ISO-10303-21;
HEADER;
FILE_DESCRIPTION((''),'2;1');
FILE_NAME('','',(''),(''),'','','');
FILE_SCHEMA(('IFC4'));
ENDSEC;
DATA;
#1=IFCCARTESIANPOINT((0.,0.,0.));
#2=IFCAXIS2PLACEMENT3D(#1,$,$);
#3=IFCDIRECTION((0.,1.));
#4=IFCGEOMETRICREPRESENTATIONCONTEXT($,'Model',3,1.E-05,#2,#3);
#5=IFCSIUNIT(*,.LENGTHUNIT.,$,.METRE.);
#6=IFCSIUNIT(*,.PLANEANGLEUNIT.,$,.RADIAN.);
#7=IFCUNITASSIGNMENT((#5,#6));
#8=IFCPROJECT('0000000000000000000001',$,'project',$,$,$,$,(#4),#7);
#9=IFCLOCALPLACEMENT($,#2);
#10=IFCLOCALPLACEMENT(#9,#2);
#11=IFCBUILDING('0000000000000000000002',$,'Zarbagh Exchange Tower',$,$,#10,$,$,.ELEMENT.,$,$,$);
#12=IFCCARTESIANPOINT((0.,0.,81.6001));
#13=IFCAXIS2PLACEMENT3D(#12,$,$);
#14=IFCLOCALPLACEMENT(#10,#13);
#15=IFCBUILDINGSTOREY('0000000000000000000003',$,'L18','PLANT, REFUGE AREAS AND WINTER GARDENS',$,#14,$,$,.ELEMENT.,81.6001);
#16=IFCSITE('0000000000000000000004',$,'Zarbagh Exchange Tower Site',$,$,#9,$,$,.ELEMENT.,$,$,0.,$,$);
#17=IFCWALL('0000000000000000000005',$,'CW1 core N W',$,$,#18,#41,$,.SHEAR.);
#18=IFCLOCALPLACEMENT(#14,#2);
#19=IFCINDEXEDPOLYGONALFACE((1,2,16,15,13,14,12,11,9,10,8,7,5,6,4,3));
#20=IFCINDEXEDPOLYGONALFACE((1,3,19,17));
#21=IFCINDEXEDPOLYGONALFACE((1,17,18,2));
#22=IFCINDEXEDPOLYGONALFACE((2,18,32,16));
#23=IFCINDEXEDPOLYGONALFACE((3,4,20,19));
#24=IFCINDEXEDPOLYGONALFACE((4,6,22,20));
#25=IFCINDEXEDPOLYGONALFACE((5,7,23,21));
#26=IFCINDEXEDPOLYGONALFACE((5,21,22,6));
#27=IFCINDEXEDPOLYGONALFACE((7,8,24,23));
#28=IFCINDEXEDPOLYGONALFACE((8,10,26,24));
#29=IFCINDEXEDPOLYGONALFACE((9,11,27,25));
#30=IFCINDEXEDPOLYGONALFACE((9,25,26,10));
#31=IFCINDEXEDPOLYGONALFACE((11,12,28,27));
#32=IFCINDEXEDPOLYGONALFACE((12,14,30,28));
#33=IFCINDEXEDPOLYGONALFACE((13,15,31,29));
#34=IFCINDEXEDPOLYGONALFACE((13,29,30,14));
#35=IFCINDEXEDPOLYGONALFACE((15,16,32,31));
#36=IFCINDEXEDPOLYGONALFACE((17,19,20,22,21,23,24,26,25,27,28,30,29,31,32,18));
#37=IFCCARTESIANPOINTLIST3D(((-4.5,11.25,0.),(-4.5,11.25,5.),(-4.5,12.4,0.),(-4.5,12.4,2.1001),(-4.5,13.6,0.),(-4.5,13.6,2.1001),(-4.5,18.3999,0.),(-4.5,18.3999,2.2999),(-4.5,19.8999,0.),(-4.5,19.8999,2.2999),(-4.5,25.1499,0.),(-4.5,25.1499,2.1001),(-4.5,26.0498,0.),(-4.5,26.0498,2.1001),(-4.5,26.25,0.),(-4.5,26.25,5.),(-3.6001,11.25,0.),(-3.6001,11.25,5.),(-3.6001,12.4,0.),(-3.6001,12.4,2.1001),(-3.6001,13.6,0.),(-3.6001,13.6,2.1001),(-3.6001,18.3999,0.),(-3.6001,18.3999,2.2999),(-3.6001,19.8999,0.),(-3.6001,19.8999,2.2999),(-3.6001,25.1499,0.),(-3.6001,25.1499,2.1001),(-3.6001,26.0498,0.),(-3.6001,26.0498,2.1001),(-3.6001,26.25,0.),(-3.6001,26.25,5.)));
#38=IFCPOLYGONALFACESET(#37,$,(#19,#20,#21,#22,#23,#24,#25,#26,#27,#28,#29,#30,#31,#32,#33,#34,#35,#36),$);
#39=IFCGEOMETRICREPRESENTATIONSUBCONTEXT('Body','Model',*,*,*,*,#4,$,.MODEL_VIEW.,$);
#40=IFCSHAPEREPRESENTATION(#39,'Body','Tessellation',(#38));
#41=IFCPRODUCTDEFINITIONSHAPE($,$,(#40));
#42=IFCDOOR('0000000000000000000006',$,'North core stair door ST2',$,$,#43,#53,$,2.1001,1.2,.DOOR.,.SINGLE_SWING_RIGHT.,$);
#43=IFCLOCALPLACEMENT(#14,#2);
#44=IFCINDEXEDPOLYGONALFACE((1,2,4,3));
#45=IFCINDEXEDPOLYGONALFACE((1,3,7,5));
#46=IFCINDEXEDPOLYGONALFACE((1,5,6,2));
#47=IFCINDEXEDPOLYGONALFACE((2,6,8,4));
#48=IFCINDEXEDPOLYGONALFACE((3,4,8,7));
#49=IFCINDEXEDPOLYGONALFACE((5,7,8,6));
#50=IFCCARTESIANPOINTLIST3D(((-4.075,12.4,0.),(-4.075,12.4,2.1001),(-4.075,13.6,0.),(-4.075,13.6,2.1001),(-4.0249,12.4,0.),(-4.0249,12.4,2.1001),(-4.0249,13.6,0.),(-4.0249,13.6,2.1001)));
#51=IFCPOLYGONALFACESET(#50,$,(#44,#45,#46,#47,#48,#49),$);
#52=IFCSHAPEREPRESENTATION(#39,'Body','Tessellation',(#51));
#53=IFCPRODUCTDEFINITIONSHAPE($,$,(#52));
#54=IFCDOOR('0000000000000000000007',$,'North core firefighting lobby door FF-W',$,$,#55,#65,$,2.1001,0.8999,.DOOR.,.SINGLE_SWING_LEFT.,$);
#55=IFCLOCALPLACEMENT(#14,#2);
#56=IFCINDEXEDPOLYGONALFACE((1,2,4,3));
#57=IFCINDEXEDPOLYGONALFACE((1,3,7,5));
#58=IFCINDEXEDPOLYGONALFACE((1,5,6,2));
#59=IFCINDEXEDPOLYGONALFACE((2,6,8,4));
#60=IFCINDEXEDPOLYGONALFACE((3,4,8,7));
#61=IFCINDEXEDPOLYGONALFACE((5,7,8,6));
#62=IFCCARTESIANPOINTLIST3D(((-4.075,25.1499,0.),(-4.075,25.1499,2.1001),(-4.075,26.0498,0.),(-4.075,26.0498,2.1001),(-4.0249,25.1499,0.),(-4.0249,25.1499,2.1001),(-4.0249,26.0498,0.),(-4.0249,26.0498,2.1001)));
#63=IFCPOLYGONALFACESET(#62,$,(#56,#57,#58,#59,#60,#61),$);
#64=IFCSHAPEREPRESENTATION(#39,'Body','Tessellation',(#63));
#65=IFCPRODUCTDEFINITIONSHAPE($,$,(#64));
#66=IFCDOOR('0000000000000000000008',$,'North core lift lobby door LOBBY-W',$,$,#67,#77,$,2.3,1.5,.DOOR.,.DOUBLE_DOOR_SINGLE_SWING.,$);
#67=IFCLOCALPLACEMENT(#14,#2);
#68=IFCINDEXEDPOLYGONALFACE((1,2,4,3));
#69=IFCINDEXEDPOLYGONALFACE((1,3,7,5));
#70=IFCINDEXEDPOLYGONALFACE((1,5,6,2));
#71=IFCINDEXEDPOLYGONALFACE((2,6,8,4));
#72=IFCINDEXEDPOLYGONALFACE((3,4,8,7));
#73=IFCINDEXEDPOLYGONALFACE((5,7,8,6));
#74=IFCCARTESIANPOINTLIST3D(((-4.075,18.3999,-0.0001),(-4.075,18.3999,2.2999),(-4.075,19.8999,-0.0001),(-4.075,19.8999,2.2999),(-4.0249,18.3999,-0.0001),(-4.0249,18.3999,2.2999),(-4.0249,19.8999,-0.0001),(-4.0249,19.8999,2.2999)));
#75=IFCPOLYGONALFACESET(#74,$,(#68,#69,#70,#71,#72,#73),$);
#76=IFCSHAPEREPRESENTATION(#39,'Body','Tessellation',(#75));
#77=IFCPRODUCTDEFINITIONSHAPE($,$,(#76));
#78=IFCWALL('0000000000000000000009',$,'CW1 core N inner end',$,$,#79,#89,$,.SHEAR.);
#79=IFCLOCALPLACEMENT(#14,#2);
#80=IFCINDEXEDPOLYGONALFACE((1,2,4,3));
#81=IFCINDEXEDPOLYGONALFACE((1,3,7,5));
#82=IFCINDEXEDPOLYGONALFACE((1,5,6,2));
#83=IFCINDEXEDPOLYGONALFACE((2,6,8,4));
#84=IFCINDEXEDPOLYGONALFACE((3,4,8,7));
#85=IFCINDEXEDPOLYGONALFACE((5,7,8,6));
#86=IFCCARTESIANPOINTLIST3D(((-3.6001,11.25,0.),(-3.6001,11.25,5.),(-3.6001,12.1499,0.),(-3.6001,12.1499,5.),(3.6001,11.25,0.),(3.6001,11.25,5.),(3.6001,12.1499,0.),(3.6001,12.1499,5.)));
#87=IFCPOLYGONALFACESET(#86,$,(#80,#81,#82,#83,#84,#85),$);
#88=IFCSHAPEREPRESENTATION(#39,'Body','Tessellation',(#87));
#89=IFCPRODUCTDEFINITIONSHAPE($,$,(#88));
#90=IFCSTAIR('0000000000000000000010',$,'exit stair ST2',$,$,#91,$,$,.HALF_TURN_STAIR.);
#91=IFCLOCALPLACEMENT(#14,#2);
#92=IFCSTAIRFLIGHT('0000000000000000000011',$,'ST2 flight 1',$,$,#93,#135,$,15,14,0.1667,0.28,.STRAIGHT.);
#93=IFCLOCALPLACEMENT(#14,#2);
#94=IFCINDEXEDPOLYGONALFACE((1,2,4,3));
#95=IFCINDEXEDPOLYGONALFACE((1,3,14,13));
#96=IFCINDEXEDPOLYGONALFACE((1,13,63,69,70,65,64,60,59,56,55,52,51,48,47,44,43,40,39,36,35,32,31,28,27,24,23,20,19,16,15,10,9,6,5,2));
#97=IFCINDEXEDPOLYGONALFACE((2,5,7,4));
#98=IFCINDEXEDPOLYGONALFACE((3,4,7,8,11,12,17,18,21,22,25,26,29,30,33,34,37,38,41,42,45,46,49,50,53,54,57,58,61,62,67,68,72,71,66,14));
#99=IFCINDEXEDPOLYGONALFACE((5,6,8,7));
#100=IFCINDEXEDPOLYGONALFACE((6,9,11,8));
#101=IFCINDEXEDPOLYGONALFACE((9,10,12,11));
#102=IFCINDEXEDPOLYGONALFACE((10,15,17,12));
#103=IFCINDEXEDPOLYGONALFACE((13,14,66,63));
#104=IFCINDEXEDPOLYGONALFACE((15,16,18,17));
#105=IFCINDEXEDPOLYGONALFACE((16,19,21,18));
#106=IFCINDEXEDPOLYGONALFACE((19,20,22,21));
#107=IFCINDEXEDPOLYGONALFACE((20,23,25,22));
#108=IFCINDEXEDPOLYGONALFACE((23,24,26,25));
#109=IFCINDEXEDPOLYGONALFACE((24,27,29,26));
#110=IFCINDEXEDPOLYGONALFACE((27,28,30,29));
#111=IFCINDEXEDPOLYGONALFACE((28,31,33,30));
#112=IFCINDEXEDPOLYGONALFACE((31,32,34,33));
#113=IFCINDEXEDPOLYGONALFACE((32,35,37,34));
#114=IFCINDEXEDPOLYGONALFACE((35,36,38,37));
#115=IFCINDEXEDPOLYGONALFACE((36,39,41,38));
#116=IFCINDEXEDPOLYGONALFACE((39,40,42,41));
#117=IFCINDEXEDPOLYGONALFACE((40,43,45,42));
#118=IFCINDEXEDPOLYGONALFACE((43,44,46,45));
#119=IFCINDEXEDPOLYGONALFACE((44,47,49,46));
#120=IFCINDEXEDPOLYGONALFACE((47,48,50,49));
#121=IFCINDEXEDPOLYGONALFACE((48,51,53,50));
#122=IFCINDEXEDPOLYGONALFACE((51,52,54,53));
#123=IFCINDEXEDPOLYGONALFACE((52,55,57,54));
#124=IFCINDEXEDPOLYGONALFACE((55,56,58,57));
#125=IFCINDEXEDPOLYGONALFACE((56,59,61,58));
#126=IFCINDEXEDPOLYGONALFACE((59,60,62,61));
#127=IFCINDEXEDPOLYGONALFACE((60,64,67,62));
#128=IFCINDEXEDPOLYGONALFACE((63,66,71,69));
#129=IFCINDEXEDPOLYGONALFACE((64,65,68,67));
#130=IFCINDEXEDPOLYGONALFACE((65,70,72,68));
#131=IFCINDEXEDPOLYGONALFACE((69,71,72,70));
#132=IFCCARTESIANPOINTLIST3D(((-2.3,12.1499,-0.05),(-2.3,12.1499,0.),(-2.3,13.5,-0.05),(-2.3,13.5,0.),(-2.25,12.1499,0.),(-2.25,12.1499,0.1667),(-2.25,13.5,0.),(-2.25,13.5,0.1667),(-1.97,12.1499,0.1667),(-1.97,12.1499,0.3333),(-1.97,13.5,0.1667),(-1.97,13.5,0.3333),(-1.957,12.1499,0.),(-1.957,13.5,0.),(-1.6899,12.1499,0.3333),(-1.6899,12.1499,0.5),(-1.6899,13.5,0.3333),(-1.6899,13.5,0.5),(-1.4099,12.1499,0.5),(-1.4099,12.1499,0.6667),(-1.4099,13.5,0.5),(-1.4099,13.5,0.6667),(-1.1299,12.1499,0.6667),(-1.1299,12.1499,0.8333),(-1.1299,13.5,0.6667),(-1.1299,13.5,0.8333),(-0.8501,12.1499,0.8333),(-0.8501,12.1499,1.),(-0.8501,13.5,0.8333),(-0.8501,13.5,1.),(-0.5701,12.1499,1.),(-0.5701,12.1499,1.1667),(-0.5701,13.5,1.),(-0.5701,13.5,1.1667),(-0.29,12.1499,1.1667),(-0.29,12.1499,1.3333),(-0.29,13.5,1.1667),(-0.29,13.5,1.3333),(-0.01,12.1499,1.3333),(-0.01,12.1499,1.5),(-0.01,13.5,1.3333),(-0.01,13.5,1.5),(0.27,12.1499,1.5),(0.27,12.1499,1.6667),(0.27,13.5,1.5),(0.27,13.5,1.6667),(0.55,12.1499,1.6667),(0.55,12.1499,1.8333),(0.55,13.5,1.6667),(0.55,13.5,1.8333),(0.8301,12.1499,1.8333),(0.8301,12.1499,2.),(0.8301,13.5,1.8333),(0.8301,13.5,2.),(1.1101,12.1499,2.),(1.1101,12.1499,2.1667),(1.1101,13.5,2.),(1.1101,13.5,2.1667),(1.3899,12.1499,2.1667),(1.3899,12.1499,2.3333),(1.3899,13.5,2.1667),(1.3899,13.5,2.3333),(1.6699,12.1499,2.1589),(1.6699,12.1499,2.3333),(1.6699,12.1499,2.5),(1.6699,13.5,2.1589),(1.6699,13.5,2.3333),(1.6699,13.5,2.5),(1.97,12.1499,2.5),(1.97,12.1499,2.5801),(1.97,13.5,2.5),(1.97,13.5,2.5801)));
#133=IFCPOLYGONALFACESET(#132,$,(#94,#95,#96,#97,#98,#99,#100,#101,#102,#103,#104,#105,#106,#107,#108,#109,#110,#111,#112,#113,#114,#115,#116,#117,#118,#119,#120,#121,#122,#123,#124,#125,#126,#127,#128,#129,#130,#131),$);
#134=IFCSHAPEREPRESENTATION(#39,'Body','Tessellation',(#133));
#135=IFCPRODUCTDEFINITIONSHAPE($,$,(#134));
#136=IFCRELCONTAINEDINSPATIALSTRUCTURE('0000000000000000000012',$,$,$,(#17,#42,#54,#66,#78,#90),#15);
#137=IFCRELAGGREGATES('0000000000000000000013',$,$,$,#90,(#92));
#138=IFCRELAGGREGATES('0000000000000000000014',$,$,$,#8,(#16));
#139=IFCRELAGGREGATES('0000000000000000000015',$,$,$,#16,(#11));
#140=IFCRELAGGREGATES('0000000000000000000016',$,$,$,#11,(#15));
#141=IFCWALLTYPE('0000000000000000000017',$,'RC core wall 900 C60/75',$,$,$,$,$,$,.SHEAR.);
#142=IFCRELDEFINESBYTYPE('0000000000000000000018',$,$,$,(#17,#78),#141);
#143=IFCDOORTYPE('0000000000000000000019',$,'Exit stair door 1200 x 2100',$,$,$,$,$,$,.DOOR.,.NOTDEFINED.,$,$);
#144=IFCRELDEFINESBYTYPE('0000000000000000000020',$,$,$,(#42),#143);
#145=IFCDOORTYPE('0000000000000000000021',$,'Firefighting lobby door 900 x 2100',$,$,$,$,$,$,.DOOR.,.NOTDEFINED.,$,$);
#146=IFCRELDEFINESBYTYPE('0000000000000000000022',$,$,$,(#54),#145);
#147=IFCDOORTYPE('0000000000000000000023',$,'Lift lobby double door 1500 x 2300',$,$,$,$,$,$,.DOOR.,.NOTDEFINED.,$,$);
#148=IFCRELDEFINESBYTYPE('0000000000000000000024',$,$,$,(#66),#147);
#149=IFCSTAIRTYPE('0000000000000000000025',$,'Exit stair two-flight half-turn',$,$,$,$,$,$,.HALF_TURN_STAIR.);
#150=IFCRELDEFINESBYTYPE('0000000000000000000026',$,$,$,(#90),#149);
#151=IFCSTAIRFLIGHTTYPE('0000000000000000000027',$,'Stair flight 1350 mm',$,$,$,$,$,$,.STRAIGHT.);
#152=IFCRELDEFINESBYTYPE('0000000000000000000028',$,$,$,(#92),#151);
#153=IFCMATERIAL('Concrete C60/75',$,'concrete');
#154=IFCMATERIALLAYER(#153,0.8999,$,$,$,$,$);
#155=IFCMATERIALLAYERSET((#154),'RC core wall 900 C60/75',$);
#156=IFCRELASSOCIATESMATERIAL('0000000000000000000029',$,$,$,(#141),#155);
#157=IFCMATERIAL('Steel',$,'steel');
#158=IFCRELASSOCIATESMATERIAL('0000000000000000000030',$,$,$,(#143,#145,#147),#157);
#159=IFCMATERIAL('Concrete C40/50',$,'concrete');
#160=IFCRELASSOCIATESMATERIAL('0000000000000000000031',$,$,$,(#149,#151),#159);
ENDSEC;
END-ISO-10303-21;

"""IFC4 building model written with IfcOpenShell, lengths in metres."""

from ifc_helpers import new_model, si_unit, direction, frame, frame_2d, origin, place, context, subcontext, project, spatial, polyline, rectangle, outline, extrude, material, layer, layer_set, type_object, element, fill, aggregate, save


model = new_model("IFC4")

# Units and contexts
model_context = context("Model", 3, precision=1e-05, world=origin(), true_north=direction((0.0, 1.0)))
body_context = subcontext(model_context, "Body", "Model", "MODEL_VIEW")
ifc_project = project(units=[si_unit("LENGTHUNIT", "METRE"), si_unit("PLANEANGLEUNIT", "RADIAN")], contexts=[model_context])

# Site, building, storey
site_placement = place(None, origin())
site = spatial("IfcSite", under=ifc_project, at=site_placement, Name="Zarbagh Exchange Tower Site", CompositionType="ELEMENT", RefElevation=0.0)
building_placement = place(site_placement, origin())
building = spatial("IfcBuilding", under=site, at=building_placement, Name="Zarbagh Exchange Tower", CompositionType="ELEMENT")
storey_placement = place(building_placement, frame((0.0, 0.0, 81.6001)))
storey = spatial("IfcBuildingStorey", under=building, at=storey_placement, Name="L18", Description="PLANT, REFUGE AREAS AND WINTER GARDENS", CompositionType="ELEMENT", Elevation=81.6001)

# Wall, openings, doors
ifc_material_1 = material(Name="Concrete C60/75", Category="concrete")
ifc_layer_1 = layer(ifc_material_1, 0.8999)
ifc_layer_set_1 = layer_set([ifc_layer_1], Name="RC core wall 900 C60/75")
wall_type_1 = type_object("IfcWallType", Name="RC core wall 900 C60/75", PredefinedType="SHEAR", material=ifc_layer_set_1)
wall_1_placement = place(storey_placement, frame((-4.05, 11.25, 0.0), z_axis=(0.0, 0.0, 1.0), x_axis=(0.0, 1.0, 0.0)))
wall_1 = element("IfcWall", 1, at=wall_1_placement, inside=storey, type_object=wall_type_1, Name="CW1 core N W", PredefinedType="SHEAR", context=body_context, shape_type="SweptSolid", body=[
    extrude(rectangle(XDim=15.0, YDim=0.8999, at=frame_2d((7.5, 0.0))), origin(), (0.0, 0.0, 1.0), 5.0),
])
opening_1_placement = place(wall_1_placement, frame((7.1499, 0.0, 0.0)))
opening_1 = element("IfcOpeningElement", 2, at=opening_1_placement, cuts=wall_1, PredefinedType="OPENING", context=body_context, shape_type="SweptSolid", body=[
    extrude(rectangle(XDim=1.5, YDim=2.3, at=frame_2d((0.75, 1.1499))), frame((0.0, 0.46, 0.0), z_axis=(0.0, -1.0, 0.0), x_axis=(1.0, 0.0, 0.0)), (0.0, 0.0, 1.0), 0.9199),
])
opening_2_placement = place(wall_1_placement, frame((13.8999, 0.0, 0.0)))
opening_2 = element("IfcOpeningElement", 3, at=opening_2_placement, cuts=wall_1, PredefinedType="OPENING", context=body_context, shape_type="SweptSolid", body=[
    extrude(rectangle(XDim=0.8999, YDim=2.1001, at=frame_2d((0.45, 1.05))), frame((0.0, 0.46, 0.0), z_axis=(0.0, -1.0, 0.0), x_axis=(1.0, 0.0, 0.0)), (0.0, 0.0, 1.0), 0.9199),
])
opening_3_placement = place(wall_1_placement, frame((1.1499, 0.0, 0.0)))
opening_3 = element("IfcOpeningElement", 4, at=opening_3_placement, cuts=wall_1, PredefinedType="OPENING", context=body_context, shape_type="SweptSolid", body=[
    extrude(rectangle(XDim=1.2, YDim=2.1001, at=frame_2d((0.6001, 1.05))), frame((0.0, 0.46, 0.0), z_axis=(0.0, -1.0, 0.0), x_axis=(1.0, 0.0, 0.0)), (0.0, 0.0, 1.0), 0.9199),
])
ifc_material_2 = material(Name="Steel", Category="steel")
door_type_1 = type_object("IfcDoorType", Name="Exit stair door 1200 x 2100", OperationType="NOTDEFINED", PredefinedType="DOOR", material=ifc_material_2)
door_1_placement = place(opening_3_placement, origin())
door_1 = element("IfcDoor", 5, at=door_1_placement, inside=storey, type_object=door_type_1, Name="North core stair door ST2", OperationType="SINGLE_SWING_RIGHT", OverallHeight=2.1001, OverallWidth=1.2, PredefinedType="DOOR", context=body_context, shape_type="SweptSolid", body=[
    extrude(rectangle(XDim=1.2, YDim=2.1001, at=frame_2d((0.6001, 1.05))), frame((0.0, 0.0249, 0.0), z_axis=(0.0, -1.0, 0.0), x_axis=(1.0, 0.0, 0.0)), (0.0, 0.0, 1.0), 0.05),
])
fill(opening_3, door_1)
door_type_2 = type_object("IfcDoorType", Name="Firefighting lobby door 900 x 2100", OperationType="NOTDEFINED", PredefinedType="DOOR", material=ifc_material_2)
door_2_placement = place(opening_2_placement, origin())
door_2 = element("IfcDoor", 6, at=door_2_placement, inside=storey, type_object=door_type_2, Name="North core firefighting lobby door FF-W", OperationType="SINGLE_SWING_LEFT", OverallHeight=2.1001, OverallWidth=0.8999, PredefinedType="DOOR", context=body_context, shape_type="SweptSolid", body=[
    extrude(rectangle(XDim=0.8999, YDim=2.1001, at=frame_2d((0.45, 1.05))), frame((0.0, 0.0249, 0.0), z_axis=(0.0, -1.0, 0.0), x_axis=(1.0, 0.0, 0.0)), (0.0, 0.0, 1.0), 0.05),
])
fill(opening_2, door_2)
door_type_3 = type_object("IfcDoorType", Name="Lift lobby double door 1500 x 2300", OperationType="NOTDEFINED", PredefinedType="DOOR", material=ifc_material_2)
door_3_placement = place(opening_1_placement, origin())
door_3 = element("IfcDoor", 7, at=door_3_placement, inside=storey, type_object=door_type_3, Name="North core lift lobby door LOBBY-W", OperationType="DOUBLE_DOOR_SINGLE_SWING", OverallHeight=2.3, OverallWidth=1.5, PredefinedType="DOOR", context=body_context, shape_type="SweptSolid", body=[
    extrude(rectangle(XDim=1.5, YDim=2.3, at=frame_2d((0.75, 1.1499))), frame((0.0, 0.0249, 0.0), z_axis=(0.0, -1.0, 0.0), x_axis=(1.0, 0.0, 0.0)), (0.0, 0.0, 1.0), 0.05),
])
fill(opening_1, door_3)

# Wall
wall_2_placement = place(storey_placement, frame((-3.6001, 11.7, 0.0), z_axis=(0.0, 0.0, 1.0), x_axis=(1.0, 0.0, 0.0)))
element("IfcWall", 8, at=wall_2_placement, inside=storey, type_object=wall_type_1, Name="CW1 core N inner end", PredefinedType="SHEAR", context=body_context, shape_type="SweptSolid", body=[
    extrude(rectangle(XDim=7.2002, YDim=0.8999, at=frame_2d((3.6001, 0.0))), origin(), (0.0, 0.0, 1.0), 5.0),
])

# Stair, stair flight
ifc_material_3 = material(Name="Concrete C40/50", Category="concrete")
stair_type = type_object("IfcStairType", Name="Exit stair two-flight half-turn", PredefinedType="HALF_TURN_STAIR", material=ifc_material_3)
stair_placement = place(storey_placement, origin())
stair = element("IfcStair", 9, at=stair_placement, inside=storey, type_object=stair_type, Name="exit stair ST2", PredefinedType="HALF_TURN_STAIR")
stair_flight_type = type_object("IfcStairFlightType", Name="Stair flight 1350 mm", PredefinedType="STRAIGHT", material=ifc_material_3)
stair_flight_placement = place(storey_placement, frame((-2.25, 12.825, 0.0), z_axis=(0.0, 0.0, 1.0), x_axis=(1.0, 0.0, 0.0)))
stair_flight = element("IfcStairFlight", 10, at=stair_flight_placement, type_object=stair_flight_type, Name="ST2 flight 1", NumberOfRisers=15, NumberOfTreads=14, PredefinedType="STRAIGHT", RiserHeight=0.1667, TreadLength=0.28, context=body_context, shape_type="SweptSolid", body=[
    extrude(outline(polyline([(-0.05, -0.05), (-0.05, 0.0), (0.0, 0.0), (0.0, 0.1667), (0.28, 0.1667), (0.28, 0.3333), (0.5601, 0.3333), (0.5601, 0.5), (0.8401, 0.5), (0.8401, 0.6667), (1.1201, 0.6667), (1.1201, 0.8333), (1.3999, 0.8333), (1.3999, 1.0), (1.6799, 1.0), (1.6799, 1.1667), (1.96, 1.1667), (1.96, 1.3333), (2.24, 1.3333), (2.24, 1.5), (2.52, 1.5), (2.52, 1.6667), (2.8, 1.6667), (2.8, 1.8333), (3.0801, 1.8333), (3.0801, 2.0), (3.3601, 2.0), (3.3601, 2.1667), (3.6399, 2.1667), (3.6399, 2.3333), (3.9199, 2.3333), (3.9199, 2.5), (4.22, 2.5801), (4.22, 2.5), (3.9199, 2.1589), (0.293, 0.0), (-0.05, -0.05)])), frame((0.0, 0.675, 0.0), z_axis=(0.0, -1.0, 0.0), x_axis=(1.0, 0.0, 0.0)), (0.0, 0.0, 1.0), 1.3501),
])
aggregate(stair, [stair_flight])

save(model, "model.ifc")
